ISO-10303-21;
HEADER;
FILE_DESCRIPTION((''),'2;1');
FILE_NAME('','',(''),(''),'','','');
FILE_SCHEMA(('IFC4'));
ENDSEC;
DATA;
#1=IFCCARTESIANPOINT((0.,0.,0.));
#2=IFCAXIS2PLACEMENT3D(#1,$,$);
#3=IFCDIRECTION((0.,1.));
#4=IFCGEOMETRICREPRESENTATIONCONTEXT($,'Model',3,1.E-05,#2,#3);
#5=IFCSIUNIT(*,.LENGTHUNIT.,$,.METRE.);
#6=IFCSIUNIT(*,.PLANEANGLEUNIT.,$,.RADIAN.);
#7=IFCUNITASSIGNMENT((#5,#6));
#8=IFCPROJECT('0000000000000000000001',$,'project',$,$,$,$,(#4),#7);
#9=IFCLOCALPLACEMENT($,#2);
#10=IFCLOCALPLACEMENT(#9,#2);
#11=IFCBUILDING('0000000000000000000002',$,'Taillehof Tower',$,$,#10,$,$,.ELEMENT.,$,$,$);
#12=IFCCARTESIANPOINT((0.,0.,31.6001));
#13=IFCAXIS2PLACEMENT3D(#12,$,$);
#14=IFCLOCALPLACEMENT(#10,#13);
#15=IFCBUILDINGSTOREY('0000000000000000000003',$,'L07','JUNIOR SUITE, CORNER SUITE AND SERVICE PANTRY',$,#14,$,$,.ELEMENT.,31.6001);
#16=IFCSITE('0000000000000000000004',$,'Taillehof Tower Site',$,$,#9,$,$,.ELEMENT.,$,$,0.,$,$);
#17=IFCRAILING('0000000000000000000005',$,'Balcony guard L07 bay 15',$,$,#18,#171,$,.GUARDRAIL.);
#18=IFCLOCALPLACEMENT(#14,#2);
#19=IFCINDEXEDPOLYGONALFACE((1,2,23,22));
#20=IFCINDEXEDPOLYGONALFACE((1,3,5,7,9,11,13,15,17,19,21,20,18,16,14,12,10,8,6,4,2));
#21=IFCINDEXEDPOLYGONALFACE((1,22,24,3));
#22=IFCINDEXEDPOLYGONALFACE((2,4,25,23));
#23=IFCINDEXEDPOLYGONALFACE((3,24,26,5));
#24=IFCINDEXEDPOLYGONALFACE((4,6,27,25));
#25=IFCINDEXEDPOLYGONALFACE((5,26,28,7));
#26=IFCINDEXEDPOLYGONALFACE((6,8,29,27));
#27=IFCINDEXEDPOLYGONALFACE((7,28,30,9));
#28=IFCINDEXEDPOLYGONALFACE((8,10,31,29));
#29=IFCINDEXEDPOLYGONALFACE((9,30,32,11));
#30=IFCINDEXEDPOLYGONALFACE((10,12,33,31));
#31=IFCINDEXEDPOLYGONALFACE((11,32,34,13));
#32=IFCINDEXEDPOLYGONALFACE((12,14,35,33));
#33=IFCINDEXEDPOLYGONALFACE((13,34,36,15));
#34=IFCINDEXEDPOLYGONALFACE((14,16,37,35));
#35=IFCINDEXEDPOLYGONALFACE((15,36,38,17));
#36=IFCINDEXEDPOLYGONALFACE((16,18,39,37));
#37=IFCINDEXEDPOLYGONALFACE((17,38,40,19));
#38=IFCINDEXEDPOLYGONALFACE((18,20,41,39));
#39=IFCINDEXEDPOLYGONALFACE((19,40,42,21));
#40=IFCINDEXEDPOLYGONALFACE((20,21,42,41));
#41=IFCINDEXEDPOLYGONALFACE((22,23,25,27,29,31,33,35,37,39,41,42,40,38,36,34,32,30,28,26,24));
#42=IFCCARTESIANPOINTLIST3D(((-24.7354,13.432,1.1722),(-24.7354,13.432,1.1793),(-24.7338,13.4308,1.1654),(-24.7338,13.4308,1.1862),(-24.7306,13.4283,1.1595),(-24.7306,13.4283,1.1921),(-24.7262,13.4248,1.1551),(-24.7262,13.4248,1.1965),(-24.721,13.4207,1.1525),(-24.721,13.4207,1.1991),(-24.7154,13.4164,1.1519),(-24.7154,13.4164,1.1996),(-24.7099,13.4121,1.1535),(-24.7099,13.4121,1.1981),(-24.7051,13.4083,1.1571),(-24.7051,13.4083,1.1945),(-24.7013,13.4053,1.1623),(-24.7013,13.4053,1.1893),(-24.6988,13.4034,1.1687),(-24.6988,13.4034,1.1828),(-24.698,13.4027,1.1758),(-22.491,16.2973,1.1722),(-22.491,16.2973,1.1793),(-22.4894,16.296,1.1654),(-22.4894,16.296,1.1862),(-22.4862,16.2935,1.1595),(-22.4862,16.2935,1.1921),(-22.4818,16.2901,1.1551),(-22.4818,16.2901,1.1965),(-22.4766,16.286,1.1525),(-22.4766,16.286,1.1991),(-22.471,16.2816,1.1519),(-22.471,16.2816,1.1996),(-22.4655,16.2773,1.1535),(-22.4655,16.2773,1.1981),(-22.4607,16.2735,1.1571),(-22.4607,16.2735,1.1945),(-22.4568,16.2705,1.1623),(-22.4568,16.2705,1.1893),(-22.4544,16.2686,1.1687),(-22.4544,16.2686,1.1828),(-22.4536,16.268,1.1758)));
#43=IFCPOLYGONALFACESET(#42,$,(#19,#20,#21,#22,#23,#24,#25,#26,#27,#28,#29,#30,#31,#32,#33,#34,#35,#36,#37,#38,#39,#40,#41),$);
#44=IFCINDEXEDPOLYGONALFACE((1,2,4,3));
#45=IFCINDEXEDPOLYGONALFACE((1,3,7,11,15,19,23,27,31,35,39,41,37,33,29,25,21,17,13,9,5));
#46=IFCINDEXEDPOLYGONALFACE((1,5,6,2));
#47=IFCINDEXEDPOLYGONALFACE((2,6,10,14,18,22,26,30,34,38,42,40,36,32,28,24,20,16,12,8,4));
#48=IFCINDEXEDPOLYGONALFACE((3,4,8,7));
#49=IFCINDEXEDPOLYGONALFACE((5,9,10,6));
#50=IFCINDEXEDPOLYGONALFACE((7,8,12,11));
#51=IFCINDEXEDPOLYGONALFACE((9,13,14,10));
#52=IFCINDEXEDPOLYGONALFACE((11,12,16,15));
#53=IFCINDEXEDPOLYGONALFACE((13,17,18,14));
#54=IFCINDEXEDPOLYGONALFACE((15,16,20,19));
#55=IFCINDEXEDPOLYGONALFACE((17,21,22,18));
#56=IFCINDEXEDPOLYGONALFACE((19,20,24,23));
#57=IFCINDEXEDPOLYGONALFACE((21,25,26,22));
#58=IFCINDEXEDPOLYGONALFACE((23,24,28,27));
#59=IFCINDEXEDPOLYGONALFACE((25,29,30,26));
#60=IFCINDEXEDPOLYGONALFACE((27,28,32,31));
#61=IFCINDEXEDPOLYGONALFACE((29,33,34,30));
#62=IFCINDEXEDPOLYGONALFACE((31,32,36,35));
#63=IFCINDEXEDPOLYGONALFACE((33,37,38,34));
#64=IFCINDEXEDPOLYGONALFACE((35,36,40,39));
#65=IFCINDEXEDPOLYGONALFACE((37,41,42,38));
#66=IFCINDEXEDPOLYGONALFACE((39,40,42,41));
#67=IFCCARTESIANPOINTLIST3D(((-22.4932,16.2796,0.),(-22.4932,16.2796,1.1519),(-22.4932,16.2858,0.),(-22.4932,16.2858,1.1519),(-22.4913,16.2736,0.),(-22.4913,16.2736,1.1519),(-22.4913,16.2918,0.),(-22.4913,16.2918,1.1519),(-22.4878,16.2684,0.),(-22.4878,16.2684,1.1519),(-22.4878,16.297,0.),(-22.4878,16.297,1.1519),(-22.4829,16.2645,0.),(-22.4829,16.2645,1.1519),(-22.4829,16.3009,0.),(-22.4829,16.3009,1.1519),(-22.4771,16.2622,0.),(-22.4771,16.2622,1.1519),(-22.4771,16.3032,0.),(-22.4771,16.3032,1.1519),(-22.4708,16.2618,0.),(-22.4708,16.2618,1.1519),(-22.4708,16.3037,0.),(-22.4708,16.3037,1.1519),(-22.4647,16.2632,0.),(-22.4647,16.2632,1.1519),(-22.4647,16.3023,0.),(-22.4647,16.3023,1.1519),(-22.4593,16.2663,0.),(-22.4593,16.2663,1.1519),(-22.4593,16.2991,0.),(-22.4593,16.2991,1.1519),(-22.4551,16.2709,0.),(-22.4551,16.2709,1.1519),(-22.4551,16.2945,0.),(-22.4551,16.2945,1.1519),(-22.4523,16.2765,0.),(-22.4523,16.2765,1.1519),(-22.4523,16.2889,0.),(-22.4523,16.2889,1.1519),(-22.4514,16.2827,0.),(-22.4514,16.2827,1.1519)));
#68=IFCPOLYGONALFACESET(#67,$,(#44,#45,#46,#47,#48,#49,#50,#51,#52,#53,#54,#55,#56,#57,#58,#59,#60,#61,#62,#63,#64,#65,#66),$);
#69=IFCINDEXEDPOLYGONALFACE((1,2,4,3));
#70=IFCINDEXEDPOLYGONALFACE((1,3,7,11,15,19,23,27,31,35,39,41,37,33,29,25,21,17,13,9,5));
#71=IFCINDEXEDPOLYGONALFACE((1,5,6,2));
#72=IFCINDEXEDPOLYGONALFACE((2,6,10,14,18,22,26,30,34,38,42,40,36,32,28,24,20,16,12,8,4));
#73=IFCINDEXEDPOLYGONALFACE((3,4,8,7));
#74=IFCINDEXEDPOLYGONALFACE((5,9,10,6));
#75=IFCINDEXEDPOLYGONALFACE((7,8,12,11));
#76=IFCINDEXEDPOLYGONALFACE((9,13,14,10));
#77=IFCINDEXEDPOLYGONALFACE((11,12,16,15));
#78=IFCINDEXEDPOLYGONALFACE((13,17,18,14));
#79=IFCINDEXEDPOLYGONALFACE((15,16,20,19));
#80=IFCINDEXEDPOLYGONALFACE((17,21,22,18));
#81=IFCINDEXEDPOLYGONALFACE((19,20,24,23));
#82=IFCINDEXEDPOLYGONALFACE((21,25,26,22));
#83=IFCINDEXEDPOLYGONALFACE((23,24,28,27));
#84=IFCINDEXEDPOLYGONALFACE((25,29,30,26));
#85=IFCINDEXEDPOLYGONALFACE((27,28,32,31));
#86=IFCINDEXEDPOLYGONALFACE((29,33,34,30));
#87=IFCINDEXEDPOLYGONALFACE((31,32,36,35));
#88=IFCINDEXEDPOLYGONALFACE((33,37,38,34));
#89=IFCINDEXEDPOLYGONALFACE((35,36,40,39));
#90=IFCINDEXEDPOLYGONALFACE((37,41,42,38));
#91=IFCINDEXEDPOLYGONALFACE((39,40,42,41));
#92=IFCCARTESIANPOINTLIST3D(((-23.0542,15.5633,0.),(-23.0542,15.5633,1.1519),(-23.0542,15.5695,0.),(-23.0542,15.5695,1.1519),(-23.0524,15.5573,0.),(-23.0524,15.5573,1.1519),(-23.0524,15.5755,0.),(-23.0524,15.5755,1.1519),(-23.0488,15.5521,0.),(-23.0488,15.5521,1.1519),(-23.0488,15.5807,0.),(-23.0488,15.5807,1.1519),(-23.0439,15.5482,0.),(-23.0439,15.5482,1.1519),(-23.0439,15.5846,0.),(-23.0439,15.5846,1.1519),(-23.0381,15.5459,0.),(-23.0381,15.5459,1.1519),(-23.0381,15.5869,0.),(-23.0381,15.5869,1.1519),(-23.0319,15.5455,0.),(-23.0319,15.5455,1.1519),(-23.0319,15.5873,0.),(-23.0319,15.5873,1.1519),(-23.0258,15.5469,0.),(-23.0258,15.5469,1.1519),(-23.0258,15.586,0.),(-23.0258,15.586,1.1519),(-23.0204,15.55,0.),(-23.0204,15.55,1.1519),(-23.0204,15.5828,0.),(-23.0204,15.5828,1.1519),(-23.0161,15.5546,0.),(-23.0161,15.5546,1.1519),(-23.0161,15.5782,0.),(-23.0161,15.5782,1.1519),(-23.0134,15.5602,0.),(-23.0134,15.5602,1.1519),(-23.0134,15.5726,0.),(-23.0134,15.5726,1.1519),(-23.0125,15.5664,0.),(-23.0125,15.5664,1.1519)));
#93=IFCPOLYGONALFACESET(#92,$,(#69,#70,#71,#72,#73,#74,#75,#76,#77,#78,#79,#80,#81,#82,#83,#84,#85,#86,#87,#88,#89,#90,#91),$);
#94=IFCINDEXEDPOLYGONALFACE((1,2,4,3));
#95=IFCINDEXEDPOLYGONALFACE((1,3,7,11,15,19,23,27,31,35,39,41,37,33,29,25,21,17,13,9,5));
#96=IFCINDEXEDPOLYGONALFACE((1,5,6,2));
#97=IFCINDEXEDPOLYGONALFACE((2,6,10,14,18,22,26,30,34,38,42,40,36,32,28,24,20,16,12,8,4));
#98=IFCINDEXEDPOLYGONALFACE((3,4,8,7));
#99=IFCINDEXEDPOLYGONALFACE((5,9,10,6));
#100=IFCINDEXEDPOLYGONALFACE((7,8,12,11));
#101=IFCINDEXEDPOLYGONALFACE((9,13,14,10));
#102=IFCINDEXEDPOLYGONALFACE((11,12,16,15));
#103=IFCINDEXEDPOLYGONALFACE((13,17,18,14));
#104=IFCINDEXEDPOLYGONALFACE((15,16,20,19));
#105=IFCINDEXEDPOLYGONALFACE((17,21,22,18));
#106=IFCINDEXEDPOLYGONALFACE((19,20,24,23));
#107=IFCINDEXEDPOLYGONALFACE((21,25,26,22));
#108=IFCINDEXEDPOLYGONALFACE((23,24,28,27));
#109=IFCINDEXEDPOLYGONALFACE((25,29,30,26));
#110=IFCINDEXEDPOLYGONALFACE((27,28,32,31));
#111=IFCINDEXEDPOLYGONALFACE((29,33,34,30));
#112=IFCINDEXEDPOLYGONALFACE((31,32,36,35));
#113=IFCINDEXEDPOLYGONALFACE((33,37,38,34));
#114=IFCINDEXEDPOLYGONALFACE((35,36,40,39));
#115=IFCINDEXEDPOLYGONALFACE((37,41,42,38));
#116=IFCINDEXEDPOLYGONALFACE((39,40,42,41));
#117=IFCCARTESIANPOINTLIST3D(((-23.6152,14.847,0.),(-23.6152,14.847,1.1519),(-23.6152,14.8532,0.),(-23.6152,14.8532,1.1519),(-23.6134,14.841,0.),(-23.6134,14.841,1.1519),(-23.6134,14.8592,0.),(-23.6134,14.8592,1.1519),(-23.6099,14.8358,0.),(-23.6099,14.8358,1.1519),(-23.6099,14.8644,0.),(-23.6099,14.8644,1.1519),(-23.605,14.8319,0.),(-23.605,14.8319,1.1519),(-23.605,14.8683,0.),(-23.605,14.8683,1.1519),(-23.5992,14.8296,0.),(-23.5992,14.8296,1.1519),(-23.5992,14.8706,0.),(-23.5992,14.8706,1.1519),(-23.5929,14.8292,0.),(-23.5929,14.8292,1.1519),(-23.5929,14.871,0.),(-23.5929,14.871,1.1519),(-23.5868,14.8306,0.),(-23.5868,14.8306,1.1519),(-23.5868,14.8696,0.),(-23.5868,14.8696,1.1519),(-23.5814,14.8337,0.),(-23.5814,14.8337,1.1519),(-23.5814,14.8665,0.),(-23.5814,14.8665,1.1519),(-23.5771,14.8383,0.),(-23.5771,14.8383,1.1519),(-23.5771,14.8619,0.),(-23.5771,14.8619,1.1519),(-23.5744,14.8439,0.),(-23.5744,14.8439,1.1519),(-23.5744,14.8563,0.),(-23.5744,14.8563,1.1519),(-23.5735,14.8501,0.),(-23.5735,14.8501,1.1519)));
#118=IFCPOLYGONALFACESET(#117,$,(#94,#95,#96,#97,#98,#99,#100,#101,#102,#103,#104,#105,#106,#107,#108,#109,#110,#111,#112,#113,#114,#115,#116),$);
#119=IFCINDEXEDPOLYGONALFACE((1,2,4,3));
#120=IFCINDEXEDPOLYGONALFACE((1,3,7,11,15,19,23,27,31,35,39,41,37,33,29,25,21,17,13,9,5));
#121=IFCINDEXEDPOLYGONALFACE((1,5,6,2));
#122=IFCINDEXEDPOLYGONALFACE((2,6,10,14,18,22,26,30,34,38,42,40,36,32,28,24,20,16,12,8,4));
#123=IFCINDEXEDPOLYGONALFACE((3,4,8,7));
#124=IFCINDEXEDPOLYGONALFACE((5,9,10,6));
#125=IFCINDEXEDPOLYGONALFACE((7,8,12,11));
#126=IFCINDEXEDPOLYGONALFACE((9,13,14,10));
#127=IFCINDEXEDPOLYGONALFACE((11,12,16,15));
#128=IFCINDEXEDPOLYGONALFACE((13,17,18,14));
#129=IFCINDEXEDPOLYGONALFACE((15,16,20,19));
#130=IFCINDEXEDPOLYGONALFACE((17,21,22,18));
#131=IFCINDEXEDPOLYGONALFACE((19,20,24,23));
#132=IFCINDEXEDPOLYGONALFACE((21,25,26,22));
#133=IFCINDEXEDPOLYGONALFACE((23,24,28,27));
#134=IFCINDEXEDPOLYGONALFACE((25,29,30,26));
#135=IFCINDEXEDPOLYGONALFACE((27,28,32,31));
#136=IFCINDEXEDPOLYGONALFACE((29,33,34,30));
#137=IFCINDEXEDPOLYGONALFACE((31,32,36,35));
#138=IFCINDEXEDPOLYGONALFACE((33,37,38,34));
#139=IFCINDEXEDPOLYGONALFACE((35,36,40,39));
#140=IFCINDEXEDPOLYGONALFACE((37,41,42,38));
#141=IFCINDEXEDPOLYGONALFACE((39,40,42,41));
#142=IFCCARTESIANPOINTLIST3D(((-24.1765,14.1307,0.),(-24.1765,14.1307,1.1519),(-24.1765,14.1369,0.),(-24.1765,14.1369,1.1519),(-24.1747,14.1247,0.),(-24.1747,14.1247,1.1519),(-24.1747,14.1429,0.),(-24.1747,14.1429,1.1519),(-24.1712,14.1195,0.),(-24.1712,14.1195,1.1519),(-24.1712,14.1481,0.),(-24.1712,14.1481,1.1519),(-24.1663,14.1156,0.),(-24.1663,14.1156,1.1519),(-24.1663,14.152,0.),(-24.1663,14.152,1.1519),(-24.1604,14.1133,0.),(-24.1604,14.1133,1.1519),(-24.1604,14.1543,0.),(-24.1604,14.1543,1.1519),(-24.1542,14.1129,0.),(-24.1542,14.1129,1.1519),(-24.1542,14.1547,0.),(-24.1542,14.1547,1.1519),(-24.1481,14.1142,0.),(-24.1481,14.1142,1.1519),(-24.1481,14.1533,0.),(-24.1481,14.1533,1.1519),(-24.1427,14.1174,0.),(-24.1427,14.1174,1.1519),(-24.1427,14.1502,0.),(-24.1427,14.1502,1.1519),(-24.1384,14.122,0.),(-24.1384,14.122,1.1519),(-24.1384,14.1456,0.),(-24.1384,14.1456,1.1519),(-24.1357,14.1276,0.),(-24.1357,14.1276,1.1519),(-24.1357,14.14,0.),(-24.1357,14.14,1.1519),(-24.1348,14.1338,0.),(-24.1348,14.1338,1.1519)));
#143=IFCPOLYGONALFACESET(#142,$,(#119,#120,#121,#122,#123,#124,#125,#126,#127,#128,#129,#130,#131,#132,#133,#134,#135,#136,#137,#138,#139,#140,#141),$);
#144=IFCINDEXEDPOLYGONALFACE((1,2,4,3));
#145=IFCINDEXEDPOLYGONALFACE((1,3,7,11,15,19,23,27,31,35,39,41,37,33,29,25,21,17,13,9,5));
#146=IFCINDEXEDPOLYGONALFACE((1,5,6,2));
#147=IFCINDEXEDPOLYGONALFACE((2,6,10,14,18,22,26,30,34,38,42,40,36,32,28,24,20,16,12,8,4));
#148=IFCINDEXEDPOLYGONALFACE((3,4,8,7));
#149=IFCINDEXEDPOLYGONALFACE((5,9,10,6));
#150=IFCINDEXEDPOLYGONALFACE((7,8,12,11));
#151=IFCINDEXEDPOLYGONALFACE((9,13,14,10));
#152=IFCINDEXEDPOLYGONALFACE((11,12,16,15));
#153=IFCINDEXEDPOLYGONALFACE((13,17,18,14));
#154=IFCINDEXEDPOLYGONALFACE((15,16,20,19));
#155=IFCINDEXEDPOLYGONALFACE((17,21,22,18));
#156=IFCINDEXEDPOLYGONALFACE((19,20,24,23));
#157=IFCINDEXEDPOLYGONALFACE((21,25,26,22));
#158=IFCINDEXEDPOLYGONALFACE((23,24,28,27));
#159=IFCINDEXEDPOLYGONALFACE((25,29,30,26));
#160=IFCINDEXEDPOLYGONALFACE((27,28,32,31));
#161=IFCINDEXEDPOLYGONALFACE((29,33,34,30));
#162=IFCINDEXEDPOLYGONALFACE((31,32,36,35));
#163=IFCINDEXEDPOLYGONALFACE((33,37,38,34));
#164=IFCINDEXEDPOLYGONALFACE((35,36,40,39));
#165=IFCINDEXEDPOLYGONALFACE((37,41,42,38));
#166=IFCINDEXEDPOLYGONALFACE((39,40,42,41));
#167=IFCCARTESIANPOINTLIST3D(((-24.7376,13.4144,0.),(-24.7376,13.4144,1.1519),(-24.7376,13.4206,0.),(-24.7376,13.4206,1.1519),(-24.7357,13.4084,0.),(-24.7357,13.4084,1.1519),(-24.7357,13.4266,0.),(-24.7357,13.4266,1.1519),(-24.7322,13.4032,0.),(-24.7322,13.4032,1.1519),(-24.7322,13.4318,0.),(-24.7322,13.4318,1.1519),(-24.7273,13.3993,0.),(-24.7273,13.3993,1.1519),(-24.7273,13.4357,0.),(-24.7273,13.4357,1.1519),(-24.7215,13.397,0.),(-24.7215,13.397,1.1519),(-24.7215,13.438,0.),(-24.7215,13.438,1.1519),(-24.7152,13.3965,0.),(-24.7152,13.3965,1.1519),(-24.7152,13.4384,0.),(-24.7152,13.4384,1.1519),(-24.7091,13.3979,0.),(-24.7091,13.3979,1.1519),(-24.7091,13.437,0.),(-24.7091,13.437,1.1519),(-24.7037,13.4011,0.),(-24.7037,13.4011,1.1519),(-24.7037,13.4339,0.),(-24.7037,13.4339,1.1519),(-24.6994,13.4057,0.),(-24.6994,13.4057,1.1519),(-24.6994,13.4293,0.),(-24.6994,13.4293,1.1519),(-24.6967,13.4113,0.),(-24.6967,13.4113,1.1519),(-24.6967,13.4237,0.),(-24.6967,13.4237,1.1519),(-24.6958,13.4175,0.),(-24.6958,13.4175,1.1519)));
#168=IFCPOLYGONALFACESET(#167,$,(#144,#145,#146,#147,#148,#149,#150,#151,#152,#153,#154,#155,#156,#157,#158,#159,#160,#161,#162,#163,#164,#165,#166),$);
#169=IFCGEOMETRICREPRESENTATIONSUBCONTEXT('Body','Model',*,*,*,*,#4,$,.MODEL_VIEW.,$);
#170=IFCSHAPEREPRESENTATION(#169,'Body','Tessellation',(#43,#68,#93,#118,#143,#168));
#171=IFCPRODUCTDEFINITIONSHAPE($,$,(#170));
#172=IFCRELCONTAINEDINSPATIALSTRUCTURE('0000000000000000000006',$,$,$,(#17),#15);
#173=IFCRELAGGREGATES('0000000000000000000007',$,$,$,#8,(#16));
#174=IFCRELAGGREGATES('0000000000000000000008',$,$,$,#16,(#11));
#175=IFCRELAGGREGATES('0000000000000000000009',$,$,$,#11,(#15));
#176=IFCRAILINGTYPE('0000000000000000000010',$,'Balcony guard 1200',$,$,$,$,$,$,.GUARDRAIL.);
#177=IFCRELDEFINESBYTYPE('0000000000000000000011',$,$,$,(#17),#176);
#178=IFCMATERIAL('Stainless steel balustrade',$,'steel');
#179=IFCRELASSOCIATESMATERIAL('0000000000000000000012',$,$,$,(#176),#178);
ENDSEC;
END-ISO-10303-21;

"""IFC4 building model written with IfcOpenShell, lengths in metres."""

from ifc_helpers import new_model, si_unit, direction, frame, origin, origin_2d, place, context, subcontext, project, spatial, circle, extrude, material, type_object, element, save


model = new_model("IFC4")

# Units and contexts
model_context = context("Model", 3, precision=1e-05, world=origin(), true_north=direction((0.0, 1.0)))
body_context = subcontext(model_context, "Body", "Model", "MODEL_VIEW")
ifc_project = project(units=[si_unit("LENGTHUNIT", "METRE"), si_unit("PLANEANGLEUNIT", "RADIAN")], contexts=[model_context])

# Site, building, storey
site_placement = place(None, origin())
site = spatial("IfcSite", under=ifc_project, at=site_placement, Name="Taillehof Tower Site", CompositionType="ELEMENT", RefElevation=0.0)
building_placement = place(site_placement, origin())
building = spatial("IfcBuilding", under=site, at=building_placement, Name="Taillehof Tower", CompositionType="ELEMENT")
storey_placement = place(building_placement, frame((0.0, 0.0, 31.6001)))
storey = spatial("IfcBuildingStorey", under=building, at=storey_placement, Name="L07", Description="JUNIOR SUITE, CORNER SUITE AND SERVICE PANTRY", CompositionType="ELEMENT", Elevation=31.6001)

# Railing
ifc_material_1 = material(Name="Stainless steel balustrade", Category="steel")
railing_type = type_object("IfcRailingType", Name="Balcony guard 1200", PredefinedType="GUARDRAIL", material=ifc_material_1)
railing_1_placement = place(storey_placement, frame((-22.4724, 16.2827, 0.0)))
element("IfcRailing", 1, at=railing_1_placement, inside=storey, type_object=railing_type, Name="Balcony guard L07 bay 15", PredefinedType="GUARDRAIL", context=body_context, shape_type="SweptSolid", body=[
    extrude(circle(Radius=0.0239, at=origin_2d()), frame((0.0, 0.0, 1.1758), z_axis=(-0.616654, -0.787235, 0.0), x_axis=(0.787235, -0.616654, 0.0)), (0.0, 0.0, 1.0), 3.6396),
    extrude(circle(Radius=0.021, at=origin_2d()), origin(), (0.0, 0.0, 1.0), 1.1519),
    extrude(circle(Radius=0.021, at=origin_2d()), frame((-0.561, -0.7163, 0.0)), (0.0, 0.0, 1.0), 1.1519),
    extrude(circle(Radius=0.021, at=origin_2d()), frame((-1.1221, -1.4326, 0.0)), (0.0, 0.0, 1.0), 1.1519),
    extrude(circle(Radius=0.021, at=origin_2d()), frame((-1.6833, -2.1489, 0.0)), (0.0, 0.0, 1.0), 1.1519),
    extrude(circle(Radius=0.021, at=origin_2d()), frame((-2.2444, -2.8652, 0.0)), (0.0, 0.0, 1.0), 1.1519),
])

save(model, "model.ifc")
